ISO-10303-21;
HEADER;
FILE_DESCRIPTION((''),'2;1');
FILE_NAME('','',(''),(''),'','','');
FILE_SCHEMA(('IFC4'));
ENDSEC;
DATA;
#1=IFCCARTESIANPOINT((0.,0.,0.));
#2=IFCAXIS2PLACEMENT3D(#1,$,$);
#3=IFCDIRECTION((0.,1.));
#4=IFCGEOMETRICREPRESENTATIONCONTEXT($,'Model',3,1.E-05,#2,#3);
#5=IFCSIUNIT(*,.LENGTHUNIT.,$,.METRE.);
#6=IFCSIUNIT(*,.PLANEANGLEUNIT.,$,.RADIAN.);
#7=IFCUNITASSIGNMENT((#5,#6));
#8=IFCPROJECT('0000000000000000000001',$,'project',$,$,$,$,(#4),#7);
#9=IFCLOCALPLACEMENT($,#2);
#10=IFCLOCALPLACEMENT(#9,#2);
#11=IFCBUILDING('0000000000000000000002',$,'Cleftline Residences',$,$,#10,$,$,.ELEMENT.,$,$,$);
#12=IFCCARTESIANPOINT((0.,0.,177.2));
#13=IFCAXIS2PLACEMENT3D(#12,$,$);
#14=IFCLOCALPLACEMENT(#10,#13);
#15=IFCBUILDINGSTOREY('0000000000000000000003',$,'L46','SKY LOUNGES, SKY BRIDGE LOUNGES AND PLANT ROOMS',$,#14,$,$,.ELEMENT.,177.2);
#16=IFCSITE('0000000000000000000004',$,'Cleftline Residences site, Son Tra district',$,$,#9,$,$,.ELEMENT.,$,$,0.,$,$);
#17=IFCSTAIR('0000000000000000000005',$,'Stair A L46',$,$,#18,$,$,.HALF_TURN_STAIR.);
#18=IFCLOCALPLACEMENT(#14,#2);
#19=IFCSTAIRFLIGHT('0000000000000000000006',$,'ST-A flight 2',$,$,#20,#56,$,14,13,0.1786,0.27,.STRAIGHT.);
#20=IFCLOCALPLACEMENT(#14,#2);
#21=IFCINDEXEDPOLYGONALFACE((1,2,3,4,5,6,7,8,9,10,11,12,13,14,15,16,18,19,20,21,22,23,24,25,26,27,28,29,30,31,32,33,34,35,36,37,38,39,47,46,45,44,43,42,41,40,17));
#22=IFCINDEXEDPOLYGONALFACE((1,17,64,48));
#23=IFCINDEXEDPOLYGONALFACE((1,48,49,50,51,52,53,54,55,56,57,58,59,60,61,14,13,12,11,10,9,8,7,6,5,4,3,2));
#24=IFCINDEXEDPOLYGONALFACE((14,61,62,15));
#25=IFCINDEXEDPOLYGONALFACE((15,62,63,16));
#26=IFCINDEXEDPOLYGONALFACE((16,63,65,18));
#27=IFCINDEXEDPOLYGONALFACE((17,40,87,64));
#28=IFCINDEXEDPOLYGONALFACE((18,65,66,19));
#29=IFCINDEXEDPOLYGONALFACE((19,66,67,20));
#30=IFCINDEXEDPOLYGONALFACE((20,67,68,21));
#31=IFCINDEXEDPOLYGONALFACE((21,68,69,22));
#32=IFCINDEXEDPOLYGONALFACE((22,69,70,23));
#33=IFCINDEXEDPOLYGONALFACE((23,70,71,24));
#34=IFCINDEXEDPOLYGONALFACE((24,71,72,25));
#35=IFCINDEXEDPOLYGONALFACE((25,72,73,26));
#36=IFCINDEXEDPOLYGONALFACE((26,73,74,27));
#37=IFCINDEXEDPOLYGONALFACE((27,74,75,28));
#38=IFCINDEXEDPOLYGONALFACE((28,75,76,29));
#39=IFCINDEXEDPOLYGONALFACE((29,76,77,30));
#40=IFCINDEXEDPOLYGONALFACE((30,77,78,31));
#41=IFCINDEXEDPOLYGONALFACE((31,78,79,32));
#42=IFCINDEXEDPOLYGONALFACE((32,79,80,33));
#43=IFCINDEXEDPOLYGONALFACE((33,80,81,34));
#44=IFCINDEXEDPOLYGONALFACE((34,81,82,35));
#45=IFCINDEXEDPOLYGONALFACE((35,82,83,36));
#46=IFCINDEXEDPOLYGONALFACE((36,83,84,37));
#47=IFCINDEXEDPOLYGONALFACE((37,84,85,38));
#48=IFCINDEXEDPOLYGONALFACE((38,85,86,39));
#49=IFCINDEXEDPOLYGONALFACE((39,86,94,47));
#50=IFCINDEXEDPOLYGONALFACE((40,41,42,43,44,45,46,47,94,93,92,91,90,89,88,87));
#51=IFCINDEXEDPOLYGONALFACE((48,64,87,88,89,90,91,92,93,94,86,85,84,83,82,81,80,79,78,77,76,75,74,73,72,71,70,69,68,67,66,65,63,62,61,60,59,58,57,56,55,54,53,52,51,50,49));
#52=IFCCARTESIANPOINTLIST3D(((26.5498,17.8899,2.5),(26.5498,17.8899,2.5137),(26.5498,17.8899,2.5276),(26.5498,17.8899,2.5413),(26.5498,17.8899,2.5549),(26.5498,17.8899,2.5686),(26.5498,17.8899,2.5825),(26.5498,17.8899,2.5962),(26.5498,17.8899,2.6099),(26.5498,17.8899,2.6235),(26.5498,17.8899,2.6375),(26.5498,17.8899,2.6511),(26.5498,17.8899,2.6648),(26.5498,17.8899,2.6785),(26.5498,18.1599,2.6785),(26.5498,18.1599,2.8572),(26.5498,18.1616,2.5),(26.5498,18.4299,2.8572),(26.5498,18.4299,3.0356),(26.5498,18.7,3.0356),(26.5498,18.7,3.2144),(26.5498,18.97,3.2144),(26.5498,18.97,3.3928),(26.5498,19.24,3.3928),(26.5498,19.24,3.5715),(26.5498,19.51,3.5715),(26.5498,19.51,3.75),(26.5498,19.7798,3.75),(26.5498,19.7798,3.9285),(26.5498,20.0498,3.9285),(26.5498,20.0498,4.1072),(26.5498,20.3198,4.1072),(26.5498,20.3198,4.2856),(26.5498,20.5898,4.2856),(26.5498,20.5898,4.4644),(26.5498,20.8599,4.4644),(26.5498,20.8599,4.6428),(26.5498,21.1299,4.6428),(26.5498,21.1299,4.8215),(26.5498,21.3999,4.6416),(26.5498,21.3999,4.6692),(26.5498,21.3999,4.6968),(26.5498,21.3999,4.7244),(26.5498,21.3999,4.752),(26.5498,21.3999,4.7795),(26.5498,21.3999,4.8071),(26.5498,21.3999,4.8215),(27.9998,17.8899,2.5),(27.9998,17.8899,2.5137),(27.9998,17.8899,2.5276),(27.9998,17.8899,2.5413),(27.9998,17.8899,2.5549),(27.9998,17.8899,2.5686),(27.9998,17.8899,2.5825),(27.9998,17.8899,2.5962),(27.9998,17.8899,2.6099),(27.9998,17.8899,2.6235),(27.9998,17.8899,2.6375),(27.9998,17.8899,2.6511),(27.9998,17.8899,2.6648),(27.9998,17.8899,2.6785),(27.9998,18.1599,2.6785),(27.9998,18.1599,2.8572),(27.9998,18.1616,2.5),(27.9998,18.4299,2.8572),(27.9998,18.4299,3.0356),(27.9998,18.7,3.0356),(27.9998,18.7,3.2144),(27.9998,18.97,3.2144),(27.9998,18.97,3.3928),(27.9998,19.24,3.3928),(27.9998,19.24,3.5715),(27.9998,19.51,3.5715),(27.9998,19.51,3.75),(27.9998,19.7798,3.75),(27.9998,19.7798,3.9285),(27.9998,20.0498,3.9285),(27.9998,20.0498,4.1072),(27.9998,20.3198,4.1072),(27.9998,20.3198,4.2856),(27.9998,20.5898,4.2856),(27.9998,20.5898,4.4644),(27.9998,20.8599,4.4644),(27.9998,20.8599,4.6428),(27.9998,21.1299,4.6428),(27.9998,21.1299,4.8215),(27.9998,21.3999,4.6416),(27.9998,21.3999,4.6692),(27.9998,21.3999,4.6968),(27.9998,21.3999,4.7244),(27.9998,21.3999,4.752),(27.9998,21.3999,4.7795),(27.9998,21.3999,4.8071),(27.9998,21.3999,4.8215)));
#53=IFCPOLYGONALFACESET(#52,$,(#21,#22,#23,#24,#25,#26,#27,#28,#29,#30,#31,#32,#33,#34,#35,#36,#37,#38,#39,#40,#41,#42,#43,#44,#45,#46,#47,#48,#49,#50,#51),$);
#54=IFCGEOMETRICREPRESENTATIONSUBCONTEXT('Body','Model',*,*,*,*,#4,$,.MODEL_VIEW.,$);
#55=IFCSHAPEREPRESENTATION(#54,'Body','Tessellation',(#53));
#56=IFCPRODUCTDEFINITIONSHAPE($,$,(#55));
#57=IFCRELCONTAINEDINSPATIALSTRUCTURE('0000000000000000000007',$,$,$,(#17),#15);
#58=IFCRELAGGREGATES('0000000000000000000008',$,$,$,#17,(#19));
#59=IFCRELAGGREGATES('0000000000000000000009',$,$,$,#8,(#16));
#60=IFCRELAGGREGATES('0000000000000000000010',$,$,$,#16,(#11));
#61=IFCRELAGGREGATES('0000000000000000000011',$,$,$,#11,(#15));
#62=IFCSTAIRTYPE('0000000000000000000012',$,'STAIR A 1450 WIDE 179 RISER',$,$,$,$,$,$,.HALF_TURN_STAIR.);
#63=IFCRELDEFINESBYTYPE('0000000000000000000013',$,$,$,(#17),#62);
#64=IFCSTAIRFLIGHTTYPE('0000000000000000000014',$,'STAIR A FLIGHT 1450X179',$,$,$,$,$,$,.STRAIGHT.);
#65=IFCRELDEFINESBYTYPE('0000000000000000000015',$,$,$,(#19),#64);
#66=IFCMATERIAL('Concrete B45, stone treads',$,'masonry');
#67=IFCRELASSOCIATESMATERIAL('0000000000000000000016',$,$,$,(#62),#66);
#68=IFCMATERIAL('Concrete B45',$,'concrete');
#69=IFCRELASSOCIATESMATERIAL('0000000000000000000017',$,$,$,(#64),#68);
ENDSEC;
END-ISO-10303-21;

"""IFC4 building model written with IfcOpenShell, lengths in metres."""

from ifc_helpers import new_model, si_unit, direction, frame, origin, place, context, subcontext, project, spatial, polyline, outline, extrude, material, type_object, element, aggregate, save


model = new_model("IFC4")

# Units and contexts
model_context = context("Model", 3, precision=1e-05, world=origin(), true_north=direction((0.0, 1.0)))
body_context = subcontext(model_context, "Body", "Model", "MODEL_VIEW")
ifc_project = project(units=[si_unit("LENGTHUNIT", "METRE"), si_unit("PLANEANGLEUNIT", "RADIAN")], contexts=[model_context])

# Site, building, storey
site_placement = place(None, origin())
site = spatial("IfcSite", under=ifc_project, at=site_placement, Name="Cleftline Residences site, Son Tra district", CompositionType="ELEMENT", RefElevation=0.0)
building_placement = place(site_placement, origin())
building = spatial("IfcBuilding", under=site, at=building_placement, Name="Cleftline Residences", CompositionType="ELEMENT")
storey_placement = place(building_placement, frame((0.0, 0.0, 177.2)))
storey = spatial("IfcBuildingStorey", under=building, at=storey_placement, Name="L46", Description="SKY LOUNGES, SKY BRIDGE LOUNGES AND PLANT ROOMS", CompositionType="ELEMENT", Elevation=177.2)

# Stair, stair flight
ifc_material_1 = material(Name="Concrete B45, stone treads", Category="masonry")
stair_type = type_object("IfcStairType", Name="STAIR A 1450 WIDE 179 RISER", PredefinedType="HALF_TURN_STAIR", material=ifc_material_1)
stair_placement = place(storey_placement, origin())
stair = element("IfcStair", 1, at=stair_placement, inside=storey, type_object=stair_type, Name="Stair A L46", PredefinedType="HALF_TURN_STAIR")
ifc_material_2 = material(Name="Concrete B45", Category="concrete")
stair_flight_type = type_object("IfcStairFlightType", Name="STAIR A FLIGHT 1450X179", PredefinedType="STRAIGHT", material=ifc_material_2)
stair_flight_1_placement = place(storey_placement, frame((27.2749, 17.8899, 2.5), z_axis=(0.0, 0.0, 1.0), x_axis=(0.0, 1.0, 0.0)))
stair_flight_1 = element("IfcStairFlight", 2, at=stair_flight_1_placement, type_object=stair_flight_type, Name="ST-A flight 2", NumberOfRisers=14, NumberOfTreads=13, PredefinedType="STRAIGHT", RiserHeight=0.1786, TreadLength=0.27, context=body_context, shape_type="SweptSolid", body=[
    extrude(outline(polyline([(0.0, 0.0), (0.0, 0.0137), (0.0, 0.0276), (0.0, 0.0413), (0.0, 0.0549), (0.0, 0.0686), (0.0, 0.0825), (0.0, 0.0962), (0.0, 0.1099), (0.0, 0.1235), (0.0, 0.1375), (0.0, 0.1511), (0.0, 0.1648), (0.0, 0.1785), (0.27, 0.1785), (0.27, 0.3572), (0.54, 0.3572), (0.54, 0.5356), (0.8101, 0.5356), (0.8101, 0.7144), (1.0801, 0.7144), (1.0801, 0.8928), (1.3501, 0.8928), (1.3501, 1.0715), (1.6201, 1.0715), (1.6201, 1.25), (1.8899, 1.25), (1.8899, 1.4285), (2.1599, 1.4285), (2.1599, 1.6072), (2.4299, 1.6072), (2.4299, 1.7856), (2.7, 1.7856), (2.7, 1.9644), (2.97, 1.9644), (2.97, 2.1428), (3.24, 2.1428), (3.24, 2.3215), (3.51, 2.3215), (3.51, 2.5), (3.51, 2.4724), (3.51, 2.4448), (3.51, 2.4172), (3.51, 2.3896), (3.51, 2.3623), (3.51, 2.3347), (3.51, 2.3071), (3.51, 2.2795), (3.51, 2.252), (3.51, 2.2244), (3.51, 2.1968), (3.51, 2.1692), (3.51, 2.1416), (0.2717, 0.0), (0.0, 0.0)])), frame((0.0, 0.7251, 0.0), z_axis=(0.0, -1.0, 0.0), x_axis=(1.0, 0.0, 0.0)), (0.0, 0.0, 1.0), 1.45),
])
aggregate(stair, [stair_flight_1])

save(model, "model.ifc")
